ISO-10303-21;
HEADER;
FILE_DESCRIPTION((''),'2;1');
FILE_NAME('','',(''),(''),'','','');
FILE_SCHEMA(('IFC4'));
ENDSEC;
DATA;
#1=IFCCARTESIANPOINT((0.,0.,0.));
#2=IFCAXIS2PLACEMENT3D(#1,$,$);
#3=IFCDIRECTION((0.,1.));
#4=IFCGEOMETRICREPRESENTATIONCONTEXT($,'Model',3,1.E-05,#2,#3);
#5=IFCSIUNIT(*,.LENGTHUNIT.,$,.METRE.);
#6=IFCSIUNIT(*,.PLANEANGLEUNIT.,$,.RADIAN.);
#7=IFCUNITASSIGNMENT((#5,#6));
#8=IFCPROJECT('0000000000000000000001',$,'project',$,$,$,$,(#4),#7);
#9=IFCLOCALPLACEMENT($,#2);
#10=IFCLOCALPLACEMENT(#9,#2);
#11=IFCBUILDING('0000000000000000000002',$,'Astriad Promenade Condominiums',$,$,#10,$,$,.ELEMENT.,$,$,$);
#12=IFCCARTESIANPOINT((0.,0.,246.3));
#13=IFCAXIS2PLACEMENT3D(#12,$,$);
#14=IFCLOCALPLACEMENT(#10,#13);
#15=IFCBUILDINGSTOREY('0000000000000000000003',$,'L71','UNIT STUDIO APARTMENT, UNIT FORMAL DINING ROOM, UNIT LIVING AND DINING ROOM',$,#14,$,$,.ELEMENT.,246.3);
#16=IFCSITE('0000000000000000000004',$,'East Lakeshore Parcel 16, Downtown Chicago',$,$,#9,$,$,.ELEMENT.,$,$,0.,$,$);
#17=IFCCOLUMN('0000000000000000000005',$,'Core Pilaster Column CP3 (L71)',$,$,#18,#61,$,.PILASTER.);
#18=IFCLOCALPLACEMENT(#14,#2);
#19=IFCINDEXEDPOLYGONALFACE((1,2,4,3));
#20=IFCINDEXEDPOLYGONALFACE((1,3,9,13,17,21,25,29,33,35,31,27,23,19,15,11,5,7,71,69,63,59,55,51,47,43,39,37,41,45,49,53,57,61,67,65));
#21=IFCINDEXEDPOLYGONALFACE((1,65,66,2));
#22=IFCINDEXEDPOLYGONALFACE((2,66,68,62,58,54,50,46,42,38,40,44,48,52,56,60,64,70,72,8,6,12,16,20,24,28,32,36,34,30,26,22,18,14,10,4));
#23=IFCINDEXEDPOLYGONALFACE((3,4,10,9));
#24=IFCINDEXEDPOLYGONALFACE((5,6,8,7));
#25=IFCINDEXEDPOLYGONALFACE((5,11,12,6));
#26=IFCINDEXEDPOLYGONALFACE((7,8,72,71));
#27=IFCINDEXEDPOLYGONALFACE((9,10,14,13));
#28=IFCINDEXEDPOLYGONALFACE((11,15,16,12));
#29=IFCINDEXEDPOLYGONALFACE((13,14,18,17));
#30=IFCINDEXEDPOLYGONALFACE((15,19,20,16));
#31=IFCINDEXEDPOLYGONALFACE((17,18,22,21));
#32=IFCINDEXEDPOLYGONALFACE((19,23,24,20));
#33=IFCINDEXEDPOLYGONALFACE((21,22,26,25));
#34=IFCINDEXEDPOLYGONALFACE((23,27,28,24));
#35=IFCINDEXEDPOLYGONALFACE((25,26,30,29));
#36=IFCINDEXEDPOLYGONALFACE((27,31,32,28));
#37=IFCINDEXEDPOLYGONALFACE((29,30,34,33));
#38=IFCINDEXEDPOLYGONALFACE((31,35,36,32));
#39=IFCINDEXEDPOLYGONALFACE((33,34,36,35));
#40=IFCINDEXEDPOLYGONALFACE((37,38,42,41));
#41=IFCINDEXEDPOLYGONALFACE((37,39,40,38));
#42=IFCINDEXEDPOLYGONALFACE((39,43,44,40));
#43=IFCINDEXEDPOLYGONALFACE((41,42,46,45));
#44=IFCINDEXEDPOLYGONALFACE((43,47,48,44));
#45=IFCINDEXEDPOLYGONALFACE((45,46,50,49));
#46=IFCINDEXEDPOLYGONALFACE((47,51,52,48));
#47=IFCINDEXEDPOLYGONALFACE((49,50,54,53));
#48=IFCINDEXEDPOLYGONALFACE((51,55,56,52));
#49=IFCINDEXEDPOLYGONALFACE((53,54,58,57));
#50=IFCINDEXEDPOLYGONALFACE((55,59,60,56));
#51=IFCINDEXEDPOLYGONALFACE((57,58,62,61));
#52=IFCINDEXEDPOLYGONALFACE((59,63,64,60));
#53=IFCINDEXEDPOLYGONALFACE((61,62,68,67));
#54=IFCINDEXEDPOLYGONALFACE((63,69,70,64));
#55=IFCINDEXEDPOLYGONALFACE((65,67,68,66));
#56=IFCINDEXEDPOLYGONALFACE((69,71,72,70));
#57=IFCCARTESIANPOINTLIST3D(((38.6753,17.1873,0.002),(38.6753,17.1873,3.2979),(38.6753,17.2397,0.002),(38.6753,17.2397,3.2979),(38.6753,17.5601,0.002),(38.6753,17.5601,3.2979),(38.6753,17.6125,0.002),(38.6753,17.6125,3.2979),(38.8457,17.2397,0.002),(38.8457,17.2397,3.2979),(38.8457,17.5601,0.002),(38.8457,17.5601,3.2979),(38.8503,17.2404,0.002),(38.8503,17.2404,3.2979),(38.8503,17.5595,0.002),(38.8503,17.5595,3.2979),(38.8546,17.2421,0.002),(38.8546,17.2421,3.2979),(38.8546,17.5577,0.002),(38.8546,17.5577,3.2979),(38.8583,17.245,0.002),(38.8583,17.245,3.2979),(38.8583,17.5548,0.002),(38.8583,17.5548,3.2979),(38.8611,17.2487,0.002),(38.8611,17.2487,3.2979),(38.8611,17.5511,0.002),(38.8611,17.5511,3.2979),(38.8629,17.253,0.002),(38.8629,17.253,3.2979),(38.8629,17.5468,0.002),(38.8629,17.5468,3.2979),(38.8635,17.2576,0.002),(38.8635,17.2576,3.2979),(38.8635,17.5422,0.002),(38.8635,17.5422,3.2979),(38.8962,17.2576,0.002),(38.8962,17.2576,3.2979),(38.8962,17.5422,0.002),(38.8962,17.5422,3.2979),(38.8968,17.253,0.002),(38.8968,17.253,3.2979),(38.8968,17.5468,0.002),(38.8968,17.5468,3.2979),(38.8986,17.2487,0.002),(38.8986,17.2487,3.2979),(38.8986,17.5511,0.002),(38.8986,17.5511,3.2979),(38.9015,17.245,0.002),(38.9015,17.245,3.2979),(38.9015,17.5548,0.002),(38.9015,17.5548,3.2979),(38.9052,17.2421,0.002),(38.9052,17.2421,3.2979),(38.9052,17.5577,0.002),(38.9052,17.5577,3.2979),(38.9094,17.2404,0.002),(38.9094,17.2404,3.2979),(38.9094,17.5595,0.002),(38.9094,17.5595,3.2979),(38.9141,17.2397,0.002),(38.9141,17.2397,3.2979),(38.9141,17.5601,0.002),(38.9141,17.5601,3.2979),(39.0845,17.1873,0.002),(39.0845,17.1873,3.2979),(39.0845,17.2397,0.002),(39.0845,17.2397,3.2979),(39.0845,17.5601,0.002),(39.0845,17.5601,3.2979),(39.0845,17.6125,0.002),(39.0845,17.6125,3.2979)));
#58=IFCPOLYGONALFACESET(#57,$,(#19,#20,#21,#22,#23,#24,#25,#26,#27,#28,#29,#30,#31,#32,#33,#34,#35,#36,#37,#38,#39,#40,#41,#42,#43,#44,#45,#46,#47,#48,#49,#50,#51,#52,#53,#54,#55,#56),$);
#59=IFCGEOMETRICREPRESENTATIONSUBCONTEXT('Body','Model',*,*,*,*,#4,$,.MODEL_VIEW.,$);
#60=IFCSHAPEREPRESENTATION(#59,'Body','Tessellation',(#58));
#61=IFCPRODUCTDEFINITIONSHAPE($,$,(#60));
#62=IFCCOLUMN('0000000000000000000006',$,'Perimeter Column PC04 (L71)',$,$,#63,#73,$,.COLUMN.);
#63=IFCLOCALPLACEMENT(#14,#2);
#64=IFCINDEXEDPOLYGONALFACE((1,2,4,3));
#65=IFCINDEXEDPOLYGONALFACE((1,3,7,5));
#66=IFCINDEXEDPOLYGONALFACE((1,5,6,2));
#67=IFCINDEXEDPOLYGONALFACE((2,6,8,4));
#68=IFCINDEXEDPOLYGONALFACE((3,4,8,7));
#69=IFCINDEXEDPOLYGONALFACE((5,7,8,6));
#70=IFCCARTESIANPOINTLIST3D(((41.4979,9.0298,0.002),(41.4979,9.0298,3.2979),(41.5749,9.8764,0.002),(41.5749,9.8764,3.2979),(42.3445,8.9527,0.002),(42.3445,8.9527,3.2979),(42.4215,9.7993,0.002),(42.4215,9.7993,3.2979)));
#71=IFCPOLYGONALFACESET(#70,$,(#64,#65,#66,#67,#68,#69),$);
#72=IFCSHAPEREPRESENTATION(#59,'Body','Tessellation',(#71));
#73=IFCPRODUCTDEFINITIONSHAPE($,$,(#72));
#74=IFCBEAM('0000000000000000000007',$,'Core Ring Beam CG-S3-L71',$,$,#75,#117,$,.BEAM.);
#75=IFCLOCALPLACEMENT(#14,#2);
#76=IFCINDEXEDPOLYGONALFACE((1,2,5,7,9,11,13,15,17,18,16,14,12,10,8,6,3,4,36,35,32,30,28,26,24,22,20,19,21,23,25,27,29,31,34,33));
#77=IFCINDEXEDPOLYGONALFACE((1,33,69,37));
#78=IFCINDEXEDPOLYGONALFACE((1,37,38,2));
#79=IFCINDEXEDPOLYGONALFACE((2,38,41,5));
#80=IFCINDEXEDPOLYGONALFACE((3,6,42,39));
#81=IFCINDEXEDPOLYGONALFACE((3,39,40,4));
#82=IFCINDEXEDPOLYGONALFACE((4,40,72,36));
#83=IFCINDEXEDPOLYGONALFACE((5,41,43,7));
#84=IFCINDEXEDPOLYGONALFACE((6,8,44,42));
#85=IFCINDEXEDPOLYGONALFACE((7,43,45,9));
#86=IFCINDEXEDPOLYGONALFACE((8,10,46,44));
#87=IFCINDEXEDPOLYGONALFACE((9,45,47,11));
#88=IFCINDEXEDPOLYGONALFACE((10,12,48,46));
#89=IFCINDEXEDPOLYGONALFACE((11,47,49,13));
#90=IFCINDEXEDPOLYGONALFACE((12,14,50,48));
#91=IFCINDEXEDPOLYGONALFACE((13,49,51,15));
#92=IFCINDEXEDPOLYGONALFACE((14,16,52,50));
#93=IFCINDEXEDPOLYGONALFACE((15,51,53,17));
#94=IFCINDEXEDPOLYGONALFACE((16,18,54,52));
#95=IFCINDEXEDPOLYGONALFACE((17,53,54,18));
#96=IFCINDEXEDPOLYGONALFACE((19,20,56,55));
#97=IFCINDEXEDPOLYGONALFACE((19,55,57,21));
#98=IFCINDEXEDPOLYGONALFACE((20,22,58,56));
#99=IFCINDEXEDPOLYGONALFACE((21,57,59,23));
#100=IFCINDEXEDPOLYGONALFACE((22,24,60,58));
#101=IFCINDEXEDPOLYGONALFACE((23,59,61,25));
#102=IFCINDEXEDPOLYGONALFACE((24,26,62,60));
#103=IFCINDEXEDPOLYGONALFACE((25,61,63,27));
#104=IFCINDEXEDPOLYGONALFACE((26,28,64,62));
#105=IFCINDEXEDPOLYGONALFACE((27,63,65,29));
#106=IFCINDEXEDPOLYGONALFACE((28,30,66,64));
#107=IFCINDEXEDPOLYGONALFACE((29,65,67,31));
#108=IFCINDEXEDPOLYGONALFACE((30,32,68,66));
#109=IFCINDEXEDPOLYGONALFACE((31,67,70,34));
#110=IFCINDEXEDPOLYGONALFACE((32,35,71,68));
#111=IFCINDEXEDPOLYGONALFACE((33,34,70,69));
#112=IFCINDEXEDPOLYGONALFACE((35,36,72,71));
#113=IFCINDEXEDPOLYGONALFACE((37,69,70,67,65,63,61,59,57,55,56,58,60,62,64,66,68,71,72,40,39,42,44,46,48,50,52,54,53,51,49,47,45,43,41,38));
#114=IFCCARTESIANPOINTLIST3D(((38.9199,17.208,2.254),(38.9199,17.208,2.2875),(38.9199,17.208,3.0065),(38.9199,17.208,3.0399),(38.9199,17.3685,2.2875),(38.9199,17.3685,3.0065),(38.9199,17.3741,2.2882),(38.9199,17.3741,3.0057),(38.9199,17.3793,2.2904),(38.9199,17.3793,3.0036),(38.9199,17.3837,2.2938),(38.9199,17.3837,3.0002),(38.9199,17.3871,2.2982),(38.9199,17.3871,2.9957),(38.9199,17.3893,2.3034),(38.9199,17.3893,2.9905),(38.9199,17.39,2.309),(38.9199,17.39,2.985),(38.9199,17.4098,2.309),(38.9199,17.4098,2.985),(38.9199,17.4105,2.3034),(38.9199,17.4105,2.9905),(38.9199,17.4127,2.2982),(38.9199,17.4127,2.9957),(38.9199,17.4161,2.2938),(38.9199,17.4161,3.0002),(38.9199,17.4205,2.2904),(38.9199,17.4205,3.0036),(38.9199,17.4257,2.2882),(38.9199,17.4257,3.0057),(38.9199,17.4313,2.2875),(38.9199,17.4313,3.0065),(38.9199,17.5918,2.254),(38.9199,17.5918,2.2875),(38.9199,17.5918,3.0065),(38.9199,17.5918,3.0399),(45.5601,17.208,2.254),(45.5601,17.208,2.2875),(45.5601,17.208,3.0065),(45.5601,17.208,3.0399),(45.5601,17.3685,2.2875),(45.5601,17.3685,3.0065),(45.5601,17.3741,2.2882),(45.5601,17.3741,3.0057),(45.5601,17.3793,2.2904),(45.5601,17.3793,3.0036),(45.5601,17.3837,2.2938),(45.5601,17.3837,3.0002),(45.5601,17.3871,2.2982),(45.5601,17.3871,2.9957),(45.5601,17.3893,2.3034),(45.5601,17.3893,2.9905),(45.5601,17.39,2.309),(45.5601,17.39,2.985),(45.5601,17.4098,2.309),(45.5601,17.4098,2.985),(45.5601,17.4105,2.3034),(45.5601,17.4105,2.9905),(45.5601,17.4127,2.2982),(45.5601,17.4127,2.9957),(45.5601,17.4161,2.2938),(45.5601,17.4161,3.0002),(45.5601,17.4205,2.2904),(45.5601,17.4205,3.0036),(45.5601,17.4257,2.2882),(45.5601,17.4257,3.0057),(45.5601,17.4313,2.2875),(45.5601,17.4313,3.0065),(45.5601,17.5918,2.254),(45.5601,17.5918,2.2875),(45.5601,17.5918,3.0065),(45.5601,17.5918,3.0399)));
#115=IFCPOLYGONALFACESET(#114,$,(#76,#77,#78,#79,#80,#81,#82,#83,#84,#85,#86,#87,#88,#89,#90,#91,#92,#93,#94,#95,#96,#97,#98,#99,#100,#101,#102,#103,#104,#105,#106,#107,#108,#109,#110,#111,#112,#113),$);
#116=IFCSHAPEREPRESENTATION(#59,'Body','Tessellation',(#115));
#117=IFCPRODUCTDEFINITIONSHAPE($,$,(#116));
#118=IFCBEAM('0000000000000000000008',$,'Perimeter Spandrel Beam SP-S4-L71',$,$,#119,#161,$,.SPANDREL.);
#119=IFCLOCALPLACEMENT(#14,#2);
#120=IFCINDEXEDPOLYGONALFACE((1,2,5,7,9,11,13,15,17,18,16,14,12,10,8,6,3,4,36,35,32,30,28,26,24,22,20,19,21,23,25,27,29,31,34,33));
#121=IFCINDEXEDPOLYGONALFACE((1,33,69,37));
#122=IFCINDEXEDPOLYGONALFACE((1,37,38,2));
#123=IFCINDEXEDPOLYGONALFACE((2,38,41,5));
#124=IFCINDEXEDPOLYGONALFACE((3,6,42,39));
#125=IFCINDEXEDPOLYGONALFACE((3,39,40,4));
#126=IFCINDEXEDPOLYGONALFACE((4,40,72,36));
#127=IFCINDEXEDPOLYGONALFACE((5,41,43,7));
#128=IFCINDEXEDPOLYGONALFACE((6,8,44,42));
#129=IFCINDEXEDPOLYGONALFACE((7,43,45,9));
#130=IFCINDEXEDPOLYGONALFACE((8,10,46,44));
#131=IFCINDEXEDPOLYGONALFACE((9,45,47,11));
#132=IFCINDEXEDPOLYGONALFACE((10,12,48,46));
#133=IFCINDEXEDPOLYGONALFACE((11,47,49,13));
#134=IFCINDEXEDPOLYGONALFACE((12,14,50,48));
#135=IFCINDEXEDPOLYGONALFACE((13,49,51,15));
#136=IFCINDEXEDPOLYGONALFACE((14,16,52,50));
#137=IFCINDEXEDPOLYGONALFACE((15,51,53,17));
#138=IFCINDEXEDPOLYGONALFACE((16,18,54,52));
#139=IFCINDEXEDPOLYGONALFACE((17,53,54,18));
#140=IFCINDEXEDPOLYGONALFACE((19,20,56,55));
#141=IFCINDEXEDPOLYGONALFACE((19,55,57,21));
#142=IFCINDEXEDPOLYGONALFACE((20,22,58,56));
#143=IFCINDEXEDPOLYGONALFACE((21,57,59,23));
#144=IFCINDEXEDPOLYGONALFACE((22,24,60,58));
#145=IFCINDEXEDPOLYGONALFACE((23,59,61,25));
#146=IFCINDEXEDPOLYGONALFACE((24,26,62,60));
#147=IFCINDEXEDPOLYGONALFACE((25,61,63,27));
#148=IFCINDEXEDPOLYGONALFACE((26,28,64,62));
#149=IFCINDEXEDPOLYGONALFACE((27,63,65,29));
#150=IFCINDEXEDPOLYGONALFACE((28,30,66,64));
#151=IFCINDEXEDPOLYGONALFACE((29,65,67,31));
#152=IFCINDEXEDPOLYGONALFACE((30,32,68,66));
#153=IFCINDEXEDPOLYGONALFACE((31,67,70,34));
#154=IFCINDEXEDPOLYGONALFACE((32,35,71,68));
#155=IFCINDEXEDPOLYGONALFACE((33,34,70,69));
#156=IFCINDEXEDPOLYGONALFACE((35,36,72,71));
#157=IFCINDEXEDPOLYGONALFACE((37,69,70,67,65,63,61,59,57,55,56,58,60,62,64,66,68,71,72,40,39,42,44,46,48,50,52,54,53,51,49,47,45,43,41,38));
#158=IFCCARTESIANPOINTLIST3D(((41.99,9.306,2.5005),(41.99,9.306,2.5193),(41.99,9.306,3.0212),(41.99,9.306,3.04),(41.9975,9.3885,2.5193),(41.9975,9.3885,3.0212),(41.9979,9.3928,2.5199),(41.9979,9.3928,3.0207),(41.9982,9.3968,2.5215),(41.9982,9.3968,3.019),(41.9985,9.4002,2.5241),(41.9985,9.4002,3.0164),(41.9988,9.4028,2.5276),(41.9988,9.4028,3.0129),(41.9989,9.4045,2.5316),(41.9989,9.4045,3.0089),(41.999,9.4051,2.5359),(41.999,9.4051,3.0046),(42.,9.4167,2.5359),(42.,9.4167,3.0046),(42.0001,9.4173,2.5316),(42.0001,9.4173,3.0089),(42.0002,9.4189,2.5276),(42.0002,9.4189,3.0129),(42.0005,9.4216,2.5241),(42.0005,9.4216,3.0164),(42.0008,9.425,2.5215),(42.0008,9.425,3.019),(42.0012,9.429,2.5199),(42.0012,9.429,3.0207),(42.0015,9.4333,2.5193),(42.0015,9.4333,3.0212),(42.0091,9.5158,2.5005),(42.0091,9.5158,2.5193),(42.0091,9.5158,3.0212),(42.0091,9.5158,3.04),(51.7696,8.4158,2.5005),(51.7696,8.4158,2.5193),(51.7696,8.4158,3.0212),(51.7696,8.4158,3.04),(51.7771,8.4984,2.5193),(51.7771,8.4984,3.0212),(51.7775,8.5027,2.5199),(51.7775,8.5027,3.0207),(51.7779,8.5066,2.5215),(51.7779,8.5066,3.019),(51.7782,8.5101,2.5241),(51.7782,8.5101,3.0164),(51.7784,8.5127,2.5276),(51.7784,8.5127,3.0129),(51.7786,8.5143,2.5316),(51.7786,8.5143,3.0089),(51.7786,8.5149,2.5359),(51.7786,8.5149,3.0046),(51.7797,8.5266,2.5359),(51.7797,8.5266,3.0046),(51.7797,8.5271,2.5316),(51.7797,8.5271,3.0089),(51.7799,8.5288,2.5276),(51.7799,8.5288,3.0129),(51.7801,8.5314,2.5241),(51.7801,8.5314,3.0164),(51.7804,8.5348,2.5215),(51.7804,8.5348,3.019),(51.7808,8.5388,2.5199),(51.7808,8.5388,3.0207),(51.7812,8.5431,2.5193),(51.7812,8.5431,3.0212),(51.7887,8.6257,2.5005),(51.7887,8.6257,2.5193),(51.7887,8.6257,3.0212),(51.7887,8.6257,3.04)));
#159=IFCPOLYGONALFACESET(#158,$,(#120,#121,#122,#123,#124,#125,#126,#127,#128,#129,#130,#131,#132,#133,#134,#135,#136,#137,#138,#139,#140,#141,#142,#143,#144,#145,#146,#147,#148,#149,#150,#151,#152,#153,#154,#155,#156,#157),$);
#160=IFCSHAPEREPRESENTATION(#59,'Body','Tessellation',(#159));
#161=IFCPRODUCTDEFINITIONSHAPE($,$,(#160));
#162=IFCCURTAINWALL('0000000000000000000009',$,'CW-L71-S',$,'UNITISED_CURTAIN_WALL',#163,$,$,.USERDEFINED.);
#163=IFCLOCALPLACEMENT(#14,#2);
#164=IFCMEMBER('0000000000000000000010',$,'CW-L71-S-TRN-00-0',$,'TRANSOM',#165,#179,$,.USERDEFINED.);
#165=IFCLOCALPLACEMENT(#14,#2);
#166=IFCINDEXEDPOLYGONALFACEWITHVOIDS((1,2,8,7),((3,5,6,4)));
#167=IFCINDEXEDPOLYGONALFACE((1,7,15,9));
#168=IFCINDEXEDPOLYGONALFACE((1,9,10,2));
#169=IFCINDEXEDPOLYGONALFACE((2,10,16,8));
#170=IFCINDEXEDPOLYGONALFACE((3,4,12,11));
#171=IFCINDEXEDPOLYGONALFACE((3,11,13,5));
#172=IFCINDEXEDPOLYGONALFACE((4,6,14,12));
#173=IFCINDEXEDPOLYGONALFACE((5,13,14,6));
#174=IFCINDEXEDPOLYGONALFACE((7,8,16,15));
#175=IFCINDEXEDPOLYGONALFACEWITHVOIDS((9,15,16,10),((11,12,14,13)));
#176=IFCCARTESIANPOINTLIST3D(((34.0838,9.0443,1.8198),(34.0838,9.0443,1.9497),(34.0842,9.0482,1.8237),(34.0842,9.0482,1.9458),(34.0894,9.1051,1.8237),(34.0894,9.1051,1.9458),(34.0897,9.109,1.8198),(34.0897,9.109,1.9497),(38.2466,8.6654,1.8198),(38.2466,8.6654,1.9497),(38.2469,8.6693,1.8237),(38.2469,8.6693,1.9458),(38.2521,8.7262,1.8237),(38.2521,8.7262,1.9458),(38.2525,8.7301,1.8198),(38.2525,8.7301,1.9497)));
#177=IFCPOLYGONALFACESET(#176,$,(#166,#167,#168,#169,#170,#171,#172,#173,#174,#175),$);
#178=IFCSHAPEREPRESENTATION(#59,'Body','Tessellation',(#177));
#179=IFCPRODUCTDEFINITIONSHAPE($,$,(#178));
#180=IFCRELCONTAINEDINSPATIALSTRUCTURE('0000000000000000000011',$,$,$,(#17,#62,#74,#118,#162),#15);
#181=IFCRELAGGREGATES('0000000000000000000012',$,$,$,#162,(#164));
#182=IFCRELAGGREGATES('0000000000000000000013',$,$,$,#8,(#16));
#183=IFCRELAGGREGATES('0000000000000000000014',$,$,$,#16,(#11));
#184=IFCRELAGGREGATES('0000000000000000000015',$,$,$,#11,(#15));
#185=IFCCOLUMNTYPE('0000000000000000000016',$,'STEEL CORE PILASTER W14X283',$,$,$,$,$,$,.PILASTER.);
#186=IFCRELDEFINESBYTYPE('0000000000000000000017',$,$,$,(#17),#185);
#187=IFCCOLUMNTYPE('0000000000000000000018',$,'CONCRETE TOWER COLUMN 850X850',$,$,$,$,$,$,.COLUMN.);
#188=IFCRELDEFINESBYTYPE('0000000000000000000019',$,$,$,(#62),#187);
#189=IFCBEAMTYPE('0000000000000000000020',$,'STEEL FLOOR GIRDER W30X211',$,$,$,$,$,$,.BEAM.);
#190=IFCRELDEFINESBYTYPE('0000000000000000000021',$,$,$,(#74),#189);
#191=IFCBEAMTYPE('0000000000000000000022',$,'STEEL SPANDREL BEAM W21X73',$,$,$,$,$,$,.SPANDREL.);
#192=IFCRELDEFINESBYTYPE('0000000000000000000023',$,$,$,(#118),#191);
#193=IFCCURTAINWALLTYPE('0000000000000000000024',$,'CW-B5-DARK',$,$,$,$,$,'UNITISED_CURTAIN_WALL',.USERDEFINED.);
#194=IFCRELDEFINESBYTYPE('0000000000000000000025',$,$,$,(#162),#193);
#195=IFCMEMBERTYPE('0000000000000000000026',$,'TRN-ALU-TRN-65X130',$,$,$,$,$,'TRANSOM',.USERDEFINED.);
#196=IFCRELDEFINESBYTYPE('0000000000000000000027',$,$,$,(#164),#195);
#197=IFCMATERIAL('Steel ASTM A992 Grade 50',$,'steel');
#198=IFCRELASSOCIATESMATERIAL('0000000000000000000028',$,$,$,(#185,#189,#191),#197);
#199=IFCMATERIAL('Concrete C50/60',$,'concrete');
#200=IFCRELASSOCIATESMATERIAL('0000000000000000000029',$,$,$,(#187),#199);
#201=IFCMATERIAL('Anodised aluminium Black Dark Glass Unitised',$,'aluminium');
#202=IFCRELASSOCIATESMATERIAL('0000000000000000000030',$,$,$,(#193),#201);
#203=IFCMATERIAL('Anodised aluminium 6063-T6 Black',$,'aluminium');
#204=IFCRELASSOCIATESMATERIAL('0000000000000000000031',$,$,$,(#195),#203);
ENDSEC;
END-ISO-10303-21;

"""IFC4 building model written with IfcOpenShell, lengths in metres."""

from ifc_helpers import new_model, si_unit, direction, frame, origin, origin_2d, place, context, subcontext, project, spatial, rectangle, hollow_rectangle, i_section, extrude, source, transform, mapped, material, material_profile, profile_set, type_object, type_shapes, element, aggregate, save


model = new_model("IFC4")

# Units and contexts
model_context = context("Model", 3, precision=1e-05, world=origin(), true_north=direction((0.0, 1.0)))
body_context = subcontext(model_context, "Body", "Model", "MODEL_VIEW")
ifc_project = project(units=[si_unit("LENGTHUNIT", "METRE"), si_unit("PLANEANGLEUNIT", "RADIAN")], contexts=[model_context])

# Site, building, storey
site_placement = place(None, origin())
site = spatial("IfcSite", under=ifc_project, at=site_placement, Name="East Lakeshore Parcel 16, Downtown Chicago", CompositionType="ELEMENT", RefElevation=0.0)
building_placement = place(site_placement, origin())
building = spatial("IfcBuilding", under=site, at=building_placement, Name="Astriad Promenade Condominiums", CompositionType="ELEMENT")
storey_placement = place(building_placement, frame((0.0, 0.0, 246.3)))
storey = spatial("IfcBuildingStorey", under=building, at=storey_placement, Name="L71", Description="UNIT STUDIO APARTMENT, UNIT FORMAL DINING ROOM, UNIT LIVING AND DINING ROOM", CompositionType="ELEMENT", Elevation=246.3)

# Columns
ifc_material_1 = material(Name="Steel ASTM A992 Grade 50", Category="steel")
ifc_material_profile_1 = material_profile(ifc_material_1, i_section(OverallWidth=0.4092, OverallDepth=0.4253, WebThickness=0.0327, FlangeThickness=0.0525, FilletRadius=0.0178, at=origin_2d()), Name="W14X283")
ifc_profile_set_1 = profile_set([ifc_material_profile_1], Name="Steel ASTM A992 Grade 50")
column_type_1 = type_object("IfcColumnType", Name="STEEL CORE PILASTER W14X283", PredefinedType="PILASTER", material=ifc_profile_set_1)
shared_shape_1 = source(origin(), body_context, "Body", "SweptSolid", [
    extrude(i_section(OverallWidth=0.4092, OverallDepth=0.4253, WebThickness=0.0327, FlangeThickness=0.0525, FilletRadius=0.0178, at=origin_2d()), origin(), (0.0, 0.0, 1.0), 3.2959),
])
type_shapes(column_type_1, [shared_shape_1])
column_1_placement = place(storey_placement, frame((38.8799, 17.3999, 0.002), z_axis=(0.0, 0.0, 1.0), x_axis=(1.0, 0.0, 0.0)))
element("IfcColumn", 1, at=column_1_placement, inside=storey, type_object=column_type_1, Name="Core Pilaster Column CP3 (L71)", PredefinedType="PILASTER", context=body_context, shape_type="MappedRepresentation", body=[
    mapped(shared_shape_1, transform((0.0, 0.0, 0.0), scale=1.0)),
])
ifc_material_2 = material(Name="Concrete C50/60", Category="concrete")
ifc_material_profile_2 = material_profile(ifc_material_2, rectangle(XDim=0.8501, YDim=0.8501, at=origin_2d()), Name="RC-COL-850X850")
ifc_profile_set_2 = profile_set([ifc_material_profile_2], Name="Concrete C50/60")
column_type_2 = type_object("IfcColumnType", Name="CONCRETE TOWER COLUMN 850X850", PredefinedType="COLUMN", material=ifc_profile_set_2)
shared_shape_2 = source(origin(), body_context, "Body", "SweptSolid", [
    extrude(rectangle(XDim=0.8501, YDim=0.8501, at=origin_2d()), origin(), (0.0, 0.0, 1.0), 3.2959),
])
type_shapes(column_type_2, [shared_shape_2])
column_2_placement = place(storey_placement, frame((41.9597, 9.4146, 0.002), z_axis=(0.0, 0.0, 1.0), x_axis=(0.995884, -0.090633, 0.0)))
element("IfcColumn", 2, at=column_2_placement, inside=storey, type_object=column_type_2, Name="Perimeter Column PC04 (L71)", PredefinedType="COLUMN", context=body_context, shape_type="MappedRepresentation", body=[
    mapped(shared_shape_2, transform((0.0, 0.0, 0.0), scale=1.0)),
])

# Beams
ifc_material_profile_3 = material_profile(ifc_material_1, i_section(OverallWidth=0.3838, OverallDepth=0.7859, WebThickness=0.0198, FlangeThickness=0.0334, FilletRadius=0.0215, at=origin_2d()), Name="W30X211")
ifc_profile_set_3 = profile_set([ifc_material_profile_3], Name="Steel ASTM A992 Grade 50")
beam_type_1 = type_object("IfcBeamType", Name="STEEL FLOOR GIRDER W30X211", PredefinedType="BEAM", material=ifc_profile_set_3)
shared_shape_3 = source(origin(), body_context, "Body", "SweptSolid", [
    extrude(i_section(OverallWidth=0.3838, OverallDepth=0.7859, WebThickness=0.0198, FlangeThickness=0.0334, FilletRadius=0.0215, at=origin_2d()), origin(), (0.0, 0.0, 1.0), 6.6401),
])
type_shapes(beam_type_1, [shared_shape_3])
beam_1_placement = place(storey_placement, frame((38.9199, 17.3999, 2.647), z_axis=(1.0, 0.0, 0.0), x_axis=(0.0, 1.0, 0.0)))
element("IfcBeam", 3, at=beam_1_placement, inside=storey, type_object=beam_type_1, Name="Core Ring Beam CG-S3-L71", PredefinedType="BEAM", context=body_context, shape_type="MappedRepresentation", body=[
    mapped(shared_shape_3, transform((0.0, 0.0, 0.0), scale=1.0)),
])
ifc_material_profile_4 = material_profile(ifc_material_1, i_section(OverallWidth=0.2107, OverallDepth=0.5396, WebThickness=0.0117, FlangeThickness=0.0188, FilletRadius=0.0166, at=origin_2d()), Name="W21X73")
ifc_profile_set_4 = profile_set([ifc_material_profile_4], Name="Steel ASTM A992 Grade 50")
beam_type_2 = type_object("IfcBeamType", Name="STEEL SPANDREL BEAM W21X73", PredefinedType="SPANDREL", material=ifc_profile_set_4)
shared_shape_4 = source(origin(), body_context, "Body", "SweptSolid", [
    extrude(i_section(OverallWidth=0.2107, OverallDepth=0.5396, WebThickness=0.0117, FlangeThickness=0.0188, FilletRadius=0.0166, at=origin_2d()), origin(), (0.0, 0.0, 1.0), 9.8201),
])
type_shapes(beam_type_2, [shared_shape_4])
beam_2_placement = place(storey_placement, frame((41.9995, 9.4109, 2.7703), z_axis=(0.995883, -0.090646, 0.0), x_axis=(0.090646, 0.995883, 0.0)))
element("IfcBeam", 4, at=beam_2_placement, inside=storey, type_object=beam_type_2, Name="Perimeter Spandrel Beam SP-S4-L71", PredefinedType="SPANDREL", context=body_context, shape_type="MappedRepresentation", body=[
    mapped(shared_shape_4, transform((0.0, 0.0, 0.0), scale=1.0)),
])

# Curtain wall, member
ifc_material_3 = material(Name="Anodised aluminium Black Dark Glass Unitised", Category="aluminium")
curtain_wall_type = type_object("IfcCurtainWallType", Name="CW-B5-DARK", ElementType="UNITISED_CURTAIN_WALL", PredefinedType="USERDEFINED", material=ifc_material_3)
curtain_wall_placement = place(storey_placement, origin())
curtain_wall = element("IfcCurtainWall", 5, at=curtain_wall_placement, inside=storey, type_object=curtain_wall_type, Name="CW-L71-S", ObjectType="UNITISED_CURTAIN_WALL", PredefinedType="USERDEFINED")
ifc_material_4 = material(Name="Anodised aluminium 6063-T6 Black", Category="aluminium")
ifc_material_profile_5 = material_profile(ifc_material_4, hollow_rectangle(XDim=0.0649, YDim=0.1299, WallThickness=0.0039, at=origin_2d()), Name="ALU-TRN-65X130")
ifc_profile_set_5 = profile_set([ifc_material_profile_5], Name="Anodised aluminium 6063-T6 Black")
member_type_1 = type_object("IfcMemberType", Name="TRN-ALU-TRN-65X130", ElementType="TRANSOM", PredefinedType="USERDEFINED", material=ifc_profile_set_5)
shared_shape_5 = source(origin(), body_context, "Body", "SweptSolid", [
    extrude(hollow_rectangle(XDim=0.0649, YDim=0.1299, WallThickness=0.0039, at=origin_2d()), origin(), (0.0, 0.0, 1.0), 4.1799),
])
type_shapes(member_type_1, [shared_shape_5])
member_1_placement = place(storey_placement, frame((38.2495, 8.6978, 1.8848), z_axis=(-0.995883, 0.090646, 0.0), x_axis=(-0.090646, -0.995883, 0.0)))
member_1 = element("IfcMember", 6, at=member_1_placement, type_object=member_type_1, Name="CW-L71-S-TRN-00-0", ObjectType="TRANSOM", PredefinedType="USERDEFINED", context=body_context, shape_type="MappedRepresentation", body=[
    mapped(shared_shape_5, transform((0.0, 0.0, 0.0), scale=1.0)),
])
aggregate(curtain_wall, [member_1])

save(model, "model.ifc")
